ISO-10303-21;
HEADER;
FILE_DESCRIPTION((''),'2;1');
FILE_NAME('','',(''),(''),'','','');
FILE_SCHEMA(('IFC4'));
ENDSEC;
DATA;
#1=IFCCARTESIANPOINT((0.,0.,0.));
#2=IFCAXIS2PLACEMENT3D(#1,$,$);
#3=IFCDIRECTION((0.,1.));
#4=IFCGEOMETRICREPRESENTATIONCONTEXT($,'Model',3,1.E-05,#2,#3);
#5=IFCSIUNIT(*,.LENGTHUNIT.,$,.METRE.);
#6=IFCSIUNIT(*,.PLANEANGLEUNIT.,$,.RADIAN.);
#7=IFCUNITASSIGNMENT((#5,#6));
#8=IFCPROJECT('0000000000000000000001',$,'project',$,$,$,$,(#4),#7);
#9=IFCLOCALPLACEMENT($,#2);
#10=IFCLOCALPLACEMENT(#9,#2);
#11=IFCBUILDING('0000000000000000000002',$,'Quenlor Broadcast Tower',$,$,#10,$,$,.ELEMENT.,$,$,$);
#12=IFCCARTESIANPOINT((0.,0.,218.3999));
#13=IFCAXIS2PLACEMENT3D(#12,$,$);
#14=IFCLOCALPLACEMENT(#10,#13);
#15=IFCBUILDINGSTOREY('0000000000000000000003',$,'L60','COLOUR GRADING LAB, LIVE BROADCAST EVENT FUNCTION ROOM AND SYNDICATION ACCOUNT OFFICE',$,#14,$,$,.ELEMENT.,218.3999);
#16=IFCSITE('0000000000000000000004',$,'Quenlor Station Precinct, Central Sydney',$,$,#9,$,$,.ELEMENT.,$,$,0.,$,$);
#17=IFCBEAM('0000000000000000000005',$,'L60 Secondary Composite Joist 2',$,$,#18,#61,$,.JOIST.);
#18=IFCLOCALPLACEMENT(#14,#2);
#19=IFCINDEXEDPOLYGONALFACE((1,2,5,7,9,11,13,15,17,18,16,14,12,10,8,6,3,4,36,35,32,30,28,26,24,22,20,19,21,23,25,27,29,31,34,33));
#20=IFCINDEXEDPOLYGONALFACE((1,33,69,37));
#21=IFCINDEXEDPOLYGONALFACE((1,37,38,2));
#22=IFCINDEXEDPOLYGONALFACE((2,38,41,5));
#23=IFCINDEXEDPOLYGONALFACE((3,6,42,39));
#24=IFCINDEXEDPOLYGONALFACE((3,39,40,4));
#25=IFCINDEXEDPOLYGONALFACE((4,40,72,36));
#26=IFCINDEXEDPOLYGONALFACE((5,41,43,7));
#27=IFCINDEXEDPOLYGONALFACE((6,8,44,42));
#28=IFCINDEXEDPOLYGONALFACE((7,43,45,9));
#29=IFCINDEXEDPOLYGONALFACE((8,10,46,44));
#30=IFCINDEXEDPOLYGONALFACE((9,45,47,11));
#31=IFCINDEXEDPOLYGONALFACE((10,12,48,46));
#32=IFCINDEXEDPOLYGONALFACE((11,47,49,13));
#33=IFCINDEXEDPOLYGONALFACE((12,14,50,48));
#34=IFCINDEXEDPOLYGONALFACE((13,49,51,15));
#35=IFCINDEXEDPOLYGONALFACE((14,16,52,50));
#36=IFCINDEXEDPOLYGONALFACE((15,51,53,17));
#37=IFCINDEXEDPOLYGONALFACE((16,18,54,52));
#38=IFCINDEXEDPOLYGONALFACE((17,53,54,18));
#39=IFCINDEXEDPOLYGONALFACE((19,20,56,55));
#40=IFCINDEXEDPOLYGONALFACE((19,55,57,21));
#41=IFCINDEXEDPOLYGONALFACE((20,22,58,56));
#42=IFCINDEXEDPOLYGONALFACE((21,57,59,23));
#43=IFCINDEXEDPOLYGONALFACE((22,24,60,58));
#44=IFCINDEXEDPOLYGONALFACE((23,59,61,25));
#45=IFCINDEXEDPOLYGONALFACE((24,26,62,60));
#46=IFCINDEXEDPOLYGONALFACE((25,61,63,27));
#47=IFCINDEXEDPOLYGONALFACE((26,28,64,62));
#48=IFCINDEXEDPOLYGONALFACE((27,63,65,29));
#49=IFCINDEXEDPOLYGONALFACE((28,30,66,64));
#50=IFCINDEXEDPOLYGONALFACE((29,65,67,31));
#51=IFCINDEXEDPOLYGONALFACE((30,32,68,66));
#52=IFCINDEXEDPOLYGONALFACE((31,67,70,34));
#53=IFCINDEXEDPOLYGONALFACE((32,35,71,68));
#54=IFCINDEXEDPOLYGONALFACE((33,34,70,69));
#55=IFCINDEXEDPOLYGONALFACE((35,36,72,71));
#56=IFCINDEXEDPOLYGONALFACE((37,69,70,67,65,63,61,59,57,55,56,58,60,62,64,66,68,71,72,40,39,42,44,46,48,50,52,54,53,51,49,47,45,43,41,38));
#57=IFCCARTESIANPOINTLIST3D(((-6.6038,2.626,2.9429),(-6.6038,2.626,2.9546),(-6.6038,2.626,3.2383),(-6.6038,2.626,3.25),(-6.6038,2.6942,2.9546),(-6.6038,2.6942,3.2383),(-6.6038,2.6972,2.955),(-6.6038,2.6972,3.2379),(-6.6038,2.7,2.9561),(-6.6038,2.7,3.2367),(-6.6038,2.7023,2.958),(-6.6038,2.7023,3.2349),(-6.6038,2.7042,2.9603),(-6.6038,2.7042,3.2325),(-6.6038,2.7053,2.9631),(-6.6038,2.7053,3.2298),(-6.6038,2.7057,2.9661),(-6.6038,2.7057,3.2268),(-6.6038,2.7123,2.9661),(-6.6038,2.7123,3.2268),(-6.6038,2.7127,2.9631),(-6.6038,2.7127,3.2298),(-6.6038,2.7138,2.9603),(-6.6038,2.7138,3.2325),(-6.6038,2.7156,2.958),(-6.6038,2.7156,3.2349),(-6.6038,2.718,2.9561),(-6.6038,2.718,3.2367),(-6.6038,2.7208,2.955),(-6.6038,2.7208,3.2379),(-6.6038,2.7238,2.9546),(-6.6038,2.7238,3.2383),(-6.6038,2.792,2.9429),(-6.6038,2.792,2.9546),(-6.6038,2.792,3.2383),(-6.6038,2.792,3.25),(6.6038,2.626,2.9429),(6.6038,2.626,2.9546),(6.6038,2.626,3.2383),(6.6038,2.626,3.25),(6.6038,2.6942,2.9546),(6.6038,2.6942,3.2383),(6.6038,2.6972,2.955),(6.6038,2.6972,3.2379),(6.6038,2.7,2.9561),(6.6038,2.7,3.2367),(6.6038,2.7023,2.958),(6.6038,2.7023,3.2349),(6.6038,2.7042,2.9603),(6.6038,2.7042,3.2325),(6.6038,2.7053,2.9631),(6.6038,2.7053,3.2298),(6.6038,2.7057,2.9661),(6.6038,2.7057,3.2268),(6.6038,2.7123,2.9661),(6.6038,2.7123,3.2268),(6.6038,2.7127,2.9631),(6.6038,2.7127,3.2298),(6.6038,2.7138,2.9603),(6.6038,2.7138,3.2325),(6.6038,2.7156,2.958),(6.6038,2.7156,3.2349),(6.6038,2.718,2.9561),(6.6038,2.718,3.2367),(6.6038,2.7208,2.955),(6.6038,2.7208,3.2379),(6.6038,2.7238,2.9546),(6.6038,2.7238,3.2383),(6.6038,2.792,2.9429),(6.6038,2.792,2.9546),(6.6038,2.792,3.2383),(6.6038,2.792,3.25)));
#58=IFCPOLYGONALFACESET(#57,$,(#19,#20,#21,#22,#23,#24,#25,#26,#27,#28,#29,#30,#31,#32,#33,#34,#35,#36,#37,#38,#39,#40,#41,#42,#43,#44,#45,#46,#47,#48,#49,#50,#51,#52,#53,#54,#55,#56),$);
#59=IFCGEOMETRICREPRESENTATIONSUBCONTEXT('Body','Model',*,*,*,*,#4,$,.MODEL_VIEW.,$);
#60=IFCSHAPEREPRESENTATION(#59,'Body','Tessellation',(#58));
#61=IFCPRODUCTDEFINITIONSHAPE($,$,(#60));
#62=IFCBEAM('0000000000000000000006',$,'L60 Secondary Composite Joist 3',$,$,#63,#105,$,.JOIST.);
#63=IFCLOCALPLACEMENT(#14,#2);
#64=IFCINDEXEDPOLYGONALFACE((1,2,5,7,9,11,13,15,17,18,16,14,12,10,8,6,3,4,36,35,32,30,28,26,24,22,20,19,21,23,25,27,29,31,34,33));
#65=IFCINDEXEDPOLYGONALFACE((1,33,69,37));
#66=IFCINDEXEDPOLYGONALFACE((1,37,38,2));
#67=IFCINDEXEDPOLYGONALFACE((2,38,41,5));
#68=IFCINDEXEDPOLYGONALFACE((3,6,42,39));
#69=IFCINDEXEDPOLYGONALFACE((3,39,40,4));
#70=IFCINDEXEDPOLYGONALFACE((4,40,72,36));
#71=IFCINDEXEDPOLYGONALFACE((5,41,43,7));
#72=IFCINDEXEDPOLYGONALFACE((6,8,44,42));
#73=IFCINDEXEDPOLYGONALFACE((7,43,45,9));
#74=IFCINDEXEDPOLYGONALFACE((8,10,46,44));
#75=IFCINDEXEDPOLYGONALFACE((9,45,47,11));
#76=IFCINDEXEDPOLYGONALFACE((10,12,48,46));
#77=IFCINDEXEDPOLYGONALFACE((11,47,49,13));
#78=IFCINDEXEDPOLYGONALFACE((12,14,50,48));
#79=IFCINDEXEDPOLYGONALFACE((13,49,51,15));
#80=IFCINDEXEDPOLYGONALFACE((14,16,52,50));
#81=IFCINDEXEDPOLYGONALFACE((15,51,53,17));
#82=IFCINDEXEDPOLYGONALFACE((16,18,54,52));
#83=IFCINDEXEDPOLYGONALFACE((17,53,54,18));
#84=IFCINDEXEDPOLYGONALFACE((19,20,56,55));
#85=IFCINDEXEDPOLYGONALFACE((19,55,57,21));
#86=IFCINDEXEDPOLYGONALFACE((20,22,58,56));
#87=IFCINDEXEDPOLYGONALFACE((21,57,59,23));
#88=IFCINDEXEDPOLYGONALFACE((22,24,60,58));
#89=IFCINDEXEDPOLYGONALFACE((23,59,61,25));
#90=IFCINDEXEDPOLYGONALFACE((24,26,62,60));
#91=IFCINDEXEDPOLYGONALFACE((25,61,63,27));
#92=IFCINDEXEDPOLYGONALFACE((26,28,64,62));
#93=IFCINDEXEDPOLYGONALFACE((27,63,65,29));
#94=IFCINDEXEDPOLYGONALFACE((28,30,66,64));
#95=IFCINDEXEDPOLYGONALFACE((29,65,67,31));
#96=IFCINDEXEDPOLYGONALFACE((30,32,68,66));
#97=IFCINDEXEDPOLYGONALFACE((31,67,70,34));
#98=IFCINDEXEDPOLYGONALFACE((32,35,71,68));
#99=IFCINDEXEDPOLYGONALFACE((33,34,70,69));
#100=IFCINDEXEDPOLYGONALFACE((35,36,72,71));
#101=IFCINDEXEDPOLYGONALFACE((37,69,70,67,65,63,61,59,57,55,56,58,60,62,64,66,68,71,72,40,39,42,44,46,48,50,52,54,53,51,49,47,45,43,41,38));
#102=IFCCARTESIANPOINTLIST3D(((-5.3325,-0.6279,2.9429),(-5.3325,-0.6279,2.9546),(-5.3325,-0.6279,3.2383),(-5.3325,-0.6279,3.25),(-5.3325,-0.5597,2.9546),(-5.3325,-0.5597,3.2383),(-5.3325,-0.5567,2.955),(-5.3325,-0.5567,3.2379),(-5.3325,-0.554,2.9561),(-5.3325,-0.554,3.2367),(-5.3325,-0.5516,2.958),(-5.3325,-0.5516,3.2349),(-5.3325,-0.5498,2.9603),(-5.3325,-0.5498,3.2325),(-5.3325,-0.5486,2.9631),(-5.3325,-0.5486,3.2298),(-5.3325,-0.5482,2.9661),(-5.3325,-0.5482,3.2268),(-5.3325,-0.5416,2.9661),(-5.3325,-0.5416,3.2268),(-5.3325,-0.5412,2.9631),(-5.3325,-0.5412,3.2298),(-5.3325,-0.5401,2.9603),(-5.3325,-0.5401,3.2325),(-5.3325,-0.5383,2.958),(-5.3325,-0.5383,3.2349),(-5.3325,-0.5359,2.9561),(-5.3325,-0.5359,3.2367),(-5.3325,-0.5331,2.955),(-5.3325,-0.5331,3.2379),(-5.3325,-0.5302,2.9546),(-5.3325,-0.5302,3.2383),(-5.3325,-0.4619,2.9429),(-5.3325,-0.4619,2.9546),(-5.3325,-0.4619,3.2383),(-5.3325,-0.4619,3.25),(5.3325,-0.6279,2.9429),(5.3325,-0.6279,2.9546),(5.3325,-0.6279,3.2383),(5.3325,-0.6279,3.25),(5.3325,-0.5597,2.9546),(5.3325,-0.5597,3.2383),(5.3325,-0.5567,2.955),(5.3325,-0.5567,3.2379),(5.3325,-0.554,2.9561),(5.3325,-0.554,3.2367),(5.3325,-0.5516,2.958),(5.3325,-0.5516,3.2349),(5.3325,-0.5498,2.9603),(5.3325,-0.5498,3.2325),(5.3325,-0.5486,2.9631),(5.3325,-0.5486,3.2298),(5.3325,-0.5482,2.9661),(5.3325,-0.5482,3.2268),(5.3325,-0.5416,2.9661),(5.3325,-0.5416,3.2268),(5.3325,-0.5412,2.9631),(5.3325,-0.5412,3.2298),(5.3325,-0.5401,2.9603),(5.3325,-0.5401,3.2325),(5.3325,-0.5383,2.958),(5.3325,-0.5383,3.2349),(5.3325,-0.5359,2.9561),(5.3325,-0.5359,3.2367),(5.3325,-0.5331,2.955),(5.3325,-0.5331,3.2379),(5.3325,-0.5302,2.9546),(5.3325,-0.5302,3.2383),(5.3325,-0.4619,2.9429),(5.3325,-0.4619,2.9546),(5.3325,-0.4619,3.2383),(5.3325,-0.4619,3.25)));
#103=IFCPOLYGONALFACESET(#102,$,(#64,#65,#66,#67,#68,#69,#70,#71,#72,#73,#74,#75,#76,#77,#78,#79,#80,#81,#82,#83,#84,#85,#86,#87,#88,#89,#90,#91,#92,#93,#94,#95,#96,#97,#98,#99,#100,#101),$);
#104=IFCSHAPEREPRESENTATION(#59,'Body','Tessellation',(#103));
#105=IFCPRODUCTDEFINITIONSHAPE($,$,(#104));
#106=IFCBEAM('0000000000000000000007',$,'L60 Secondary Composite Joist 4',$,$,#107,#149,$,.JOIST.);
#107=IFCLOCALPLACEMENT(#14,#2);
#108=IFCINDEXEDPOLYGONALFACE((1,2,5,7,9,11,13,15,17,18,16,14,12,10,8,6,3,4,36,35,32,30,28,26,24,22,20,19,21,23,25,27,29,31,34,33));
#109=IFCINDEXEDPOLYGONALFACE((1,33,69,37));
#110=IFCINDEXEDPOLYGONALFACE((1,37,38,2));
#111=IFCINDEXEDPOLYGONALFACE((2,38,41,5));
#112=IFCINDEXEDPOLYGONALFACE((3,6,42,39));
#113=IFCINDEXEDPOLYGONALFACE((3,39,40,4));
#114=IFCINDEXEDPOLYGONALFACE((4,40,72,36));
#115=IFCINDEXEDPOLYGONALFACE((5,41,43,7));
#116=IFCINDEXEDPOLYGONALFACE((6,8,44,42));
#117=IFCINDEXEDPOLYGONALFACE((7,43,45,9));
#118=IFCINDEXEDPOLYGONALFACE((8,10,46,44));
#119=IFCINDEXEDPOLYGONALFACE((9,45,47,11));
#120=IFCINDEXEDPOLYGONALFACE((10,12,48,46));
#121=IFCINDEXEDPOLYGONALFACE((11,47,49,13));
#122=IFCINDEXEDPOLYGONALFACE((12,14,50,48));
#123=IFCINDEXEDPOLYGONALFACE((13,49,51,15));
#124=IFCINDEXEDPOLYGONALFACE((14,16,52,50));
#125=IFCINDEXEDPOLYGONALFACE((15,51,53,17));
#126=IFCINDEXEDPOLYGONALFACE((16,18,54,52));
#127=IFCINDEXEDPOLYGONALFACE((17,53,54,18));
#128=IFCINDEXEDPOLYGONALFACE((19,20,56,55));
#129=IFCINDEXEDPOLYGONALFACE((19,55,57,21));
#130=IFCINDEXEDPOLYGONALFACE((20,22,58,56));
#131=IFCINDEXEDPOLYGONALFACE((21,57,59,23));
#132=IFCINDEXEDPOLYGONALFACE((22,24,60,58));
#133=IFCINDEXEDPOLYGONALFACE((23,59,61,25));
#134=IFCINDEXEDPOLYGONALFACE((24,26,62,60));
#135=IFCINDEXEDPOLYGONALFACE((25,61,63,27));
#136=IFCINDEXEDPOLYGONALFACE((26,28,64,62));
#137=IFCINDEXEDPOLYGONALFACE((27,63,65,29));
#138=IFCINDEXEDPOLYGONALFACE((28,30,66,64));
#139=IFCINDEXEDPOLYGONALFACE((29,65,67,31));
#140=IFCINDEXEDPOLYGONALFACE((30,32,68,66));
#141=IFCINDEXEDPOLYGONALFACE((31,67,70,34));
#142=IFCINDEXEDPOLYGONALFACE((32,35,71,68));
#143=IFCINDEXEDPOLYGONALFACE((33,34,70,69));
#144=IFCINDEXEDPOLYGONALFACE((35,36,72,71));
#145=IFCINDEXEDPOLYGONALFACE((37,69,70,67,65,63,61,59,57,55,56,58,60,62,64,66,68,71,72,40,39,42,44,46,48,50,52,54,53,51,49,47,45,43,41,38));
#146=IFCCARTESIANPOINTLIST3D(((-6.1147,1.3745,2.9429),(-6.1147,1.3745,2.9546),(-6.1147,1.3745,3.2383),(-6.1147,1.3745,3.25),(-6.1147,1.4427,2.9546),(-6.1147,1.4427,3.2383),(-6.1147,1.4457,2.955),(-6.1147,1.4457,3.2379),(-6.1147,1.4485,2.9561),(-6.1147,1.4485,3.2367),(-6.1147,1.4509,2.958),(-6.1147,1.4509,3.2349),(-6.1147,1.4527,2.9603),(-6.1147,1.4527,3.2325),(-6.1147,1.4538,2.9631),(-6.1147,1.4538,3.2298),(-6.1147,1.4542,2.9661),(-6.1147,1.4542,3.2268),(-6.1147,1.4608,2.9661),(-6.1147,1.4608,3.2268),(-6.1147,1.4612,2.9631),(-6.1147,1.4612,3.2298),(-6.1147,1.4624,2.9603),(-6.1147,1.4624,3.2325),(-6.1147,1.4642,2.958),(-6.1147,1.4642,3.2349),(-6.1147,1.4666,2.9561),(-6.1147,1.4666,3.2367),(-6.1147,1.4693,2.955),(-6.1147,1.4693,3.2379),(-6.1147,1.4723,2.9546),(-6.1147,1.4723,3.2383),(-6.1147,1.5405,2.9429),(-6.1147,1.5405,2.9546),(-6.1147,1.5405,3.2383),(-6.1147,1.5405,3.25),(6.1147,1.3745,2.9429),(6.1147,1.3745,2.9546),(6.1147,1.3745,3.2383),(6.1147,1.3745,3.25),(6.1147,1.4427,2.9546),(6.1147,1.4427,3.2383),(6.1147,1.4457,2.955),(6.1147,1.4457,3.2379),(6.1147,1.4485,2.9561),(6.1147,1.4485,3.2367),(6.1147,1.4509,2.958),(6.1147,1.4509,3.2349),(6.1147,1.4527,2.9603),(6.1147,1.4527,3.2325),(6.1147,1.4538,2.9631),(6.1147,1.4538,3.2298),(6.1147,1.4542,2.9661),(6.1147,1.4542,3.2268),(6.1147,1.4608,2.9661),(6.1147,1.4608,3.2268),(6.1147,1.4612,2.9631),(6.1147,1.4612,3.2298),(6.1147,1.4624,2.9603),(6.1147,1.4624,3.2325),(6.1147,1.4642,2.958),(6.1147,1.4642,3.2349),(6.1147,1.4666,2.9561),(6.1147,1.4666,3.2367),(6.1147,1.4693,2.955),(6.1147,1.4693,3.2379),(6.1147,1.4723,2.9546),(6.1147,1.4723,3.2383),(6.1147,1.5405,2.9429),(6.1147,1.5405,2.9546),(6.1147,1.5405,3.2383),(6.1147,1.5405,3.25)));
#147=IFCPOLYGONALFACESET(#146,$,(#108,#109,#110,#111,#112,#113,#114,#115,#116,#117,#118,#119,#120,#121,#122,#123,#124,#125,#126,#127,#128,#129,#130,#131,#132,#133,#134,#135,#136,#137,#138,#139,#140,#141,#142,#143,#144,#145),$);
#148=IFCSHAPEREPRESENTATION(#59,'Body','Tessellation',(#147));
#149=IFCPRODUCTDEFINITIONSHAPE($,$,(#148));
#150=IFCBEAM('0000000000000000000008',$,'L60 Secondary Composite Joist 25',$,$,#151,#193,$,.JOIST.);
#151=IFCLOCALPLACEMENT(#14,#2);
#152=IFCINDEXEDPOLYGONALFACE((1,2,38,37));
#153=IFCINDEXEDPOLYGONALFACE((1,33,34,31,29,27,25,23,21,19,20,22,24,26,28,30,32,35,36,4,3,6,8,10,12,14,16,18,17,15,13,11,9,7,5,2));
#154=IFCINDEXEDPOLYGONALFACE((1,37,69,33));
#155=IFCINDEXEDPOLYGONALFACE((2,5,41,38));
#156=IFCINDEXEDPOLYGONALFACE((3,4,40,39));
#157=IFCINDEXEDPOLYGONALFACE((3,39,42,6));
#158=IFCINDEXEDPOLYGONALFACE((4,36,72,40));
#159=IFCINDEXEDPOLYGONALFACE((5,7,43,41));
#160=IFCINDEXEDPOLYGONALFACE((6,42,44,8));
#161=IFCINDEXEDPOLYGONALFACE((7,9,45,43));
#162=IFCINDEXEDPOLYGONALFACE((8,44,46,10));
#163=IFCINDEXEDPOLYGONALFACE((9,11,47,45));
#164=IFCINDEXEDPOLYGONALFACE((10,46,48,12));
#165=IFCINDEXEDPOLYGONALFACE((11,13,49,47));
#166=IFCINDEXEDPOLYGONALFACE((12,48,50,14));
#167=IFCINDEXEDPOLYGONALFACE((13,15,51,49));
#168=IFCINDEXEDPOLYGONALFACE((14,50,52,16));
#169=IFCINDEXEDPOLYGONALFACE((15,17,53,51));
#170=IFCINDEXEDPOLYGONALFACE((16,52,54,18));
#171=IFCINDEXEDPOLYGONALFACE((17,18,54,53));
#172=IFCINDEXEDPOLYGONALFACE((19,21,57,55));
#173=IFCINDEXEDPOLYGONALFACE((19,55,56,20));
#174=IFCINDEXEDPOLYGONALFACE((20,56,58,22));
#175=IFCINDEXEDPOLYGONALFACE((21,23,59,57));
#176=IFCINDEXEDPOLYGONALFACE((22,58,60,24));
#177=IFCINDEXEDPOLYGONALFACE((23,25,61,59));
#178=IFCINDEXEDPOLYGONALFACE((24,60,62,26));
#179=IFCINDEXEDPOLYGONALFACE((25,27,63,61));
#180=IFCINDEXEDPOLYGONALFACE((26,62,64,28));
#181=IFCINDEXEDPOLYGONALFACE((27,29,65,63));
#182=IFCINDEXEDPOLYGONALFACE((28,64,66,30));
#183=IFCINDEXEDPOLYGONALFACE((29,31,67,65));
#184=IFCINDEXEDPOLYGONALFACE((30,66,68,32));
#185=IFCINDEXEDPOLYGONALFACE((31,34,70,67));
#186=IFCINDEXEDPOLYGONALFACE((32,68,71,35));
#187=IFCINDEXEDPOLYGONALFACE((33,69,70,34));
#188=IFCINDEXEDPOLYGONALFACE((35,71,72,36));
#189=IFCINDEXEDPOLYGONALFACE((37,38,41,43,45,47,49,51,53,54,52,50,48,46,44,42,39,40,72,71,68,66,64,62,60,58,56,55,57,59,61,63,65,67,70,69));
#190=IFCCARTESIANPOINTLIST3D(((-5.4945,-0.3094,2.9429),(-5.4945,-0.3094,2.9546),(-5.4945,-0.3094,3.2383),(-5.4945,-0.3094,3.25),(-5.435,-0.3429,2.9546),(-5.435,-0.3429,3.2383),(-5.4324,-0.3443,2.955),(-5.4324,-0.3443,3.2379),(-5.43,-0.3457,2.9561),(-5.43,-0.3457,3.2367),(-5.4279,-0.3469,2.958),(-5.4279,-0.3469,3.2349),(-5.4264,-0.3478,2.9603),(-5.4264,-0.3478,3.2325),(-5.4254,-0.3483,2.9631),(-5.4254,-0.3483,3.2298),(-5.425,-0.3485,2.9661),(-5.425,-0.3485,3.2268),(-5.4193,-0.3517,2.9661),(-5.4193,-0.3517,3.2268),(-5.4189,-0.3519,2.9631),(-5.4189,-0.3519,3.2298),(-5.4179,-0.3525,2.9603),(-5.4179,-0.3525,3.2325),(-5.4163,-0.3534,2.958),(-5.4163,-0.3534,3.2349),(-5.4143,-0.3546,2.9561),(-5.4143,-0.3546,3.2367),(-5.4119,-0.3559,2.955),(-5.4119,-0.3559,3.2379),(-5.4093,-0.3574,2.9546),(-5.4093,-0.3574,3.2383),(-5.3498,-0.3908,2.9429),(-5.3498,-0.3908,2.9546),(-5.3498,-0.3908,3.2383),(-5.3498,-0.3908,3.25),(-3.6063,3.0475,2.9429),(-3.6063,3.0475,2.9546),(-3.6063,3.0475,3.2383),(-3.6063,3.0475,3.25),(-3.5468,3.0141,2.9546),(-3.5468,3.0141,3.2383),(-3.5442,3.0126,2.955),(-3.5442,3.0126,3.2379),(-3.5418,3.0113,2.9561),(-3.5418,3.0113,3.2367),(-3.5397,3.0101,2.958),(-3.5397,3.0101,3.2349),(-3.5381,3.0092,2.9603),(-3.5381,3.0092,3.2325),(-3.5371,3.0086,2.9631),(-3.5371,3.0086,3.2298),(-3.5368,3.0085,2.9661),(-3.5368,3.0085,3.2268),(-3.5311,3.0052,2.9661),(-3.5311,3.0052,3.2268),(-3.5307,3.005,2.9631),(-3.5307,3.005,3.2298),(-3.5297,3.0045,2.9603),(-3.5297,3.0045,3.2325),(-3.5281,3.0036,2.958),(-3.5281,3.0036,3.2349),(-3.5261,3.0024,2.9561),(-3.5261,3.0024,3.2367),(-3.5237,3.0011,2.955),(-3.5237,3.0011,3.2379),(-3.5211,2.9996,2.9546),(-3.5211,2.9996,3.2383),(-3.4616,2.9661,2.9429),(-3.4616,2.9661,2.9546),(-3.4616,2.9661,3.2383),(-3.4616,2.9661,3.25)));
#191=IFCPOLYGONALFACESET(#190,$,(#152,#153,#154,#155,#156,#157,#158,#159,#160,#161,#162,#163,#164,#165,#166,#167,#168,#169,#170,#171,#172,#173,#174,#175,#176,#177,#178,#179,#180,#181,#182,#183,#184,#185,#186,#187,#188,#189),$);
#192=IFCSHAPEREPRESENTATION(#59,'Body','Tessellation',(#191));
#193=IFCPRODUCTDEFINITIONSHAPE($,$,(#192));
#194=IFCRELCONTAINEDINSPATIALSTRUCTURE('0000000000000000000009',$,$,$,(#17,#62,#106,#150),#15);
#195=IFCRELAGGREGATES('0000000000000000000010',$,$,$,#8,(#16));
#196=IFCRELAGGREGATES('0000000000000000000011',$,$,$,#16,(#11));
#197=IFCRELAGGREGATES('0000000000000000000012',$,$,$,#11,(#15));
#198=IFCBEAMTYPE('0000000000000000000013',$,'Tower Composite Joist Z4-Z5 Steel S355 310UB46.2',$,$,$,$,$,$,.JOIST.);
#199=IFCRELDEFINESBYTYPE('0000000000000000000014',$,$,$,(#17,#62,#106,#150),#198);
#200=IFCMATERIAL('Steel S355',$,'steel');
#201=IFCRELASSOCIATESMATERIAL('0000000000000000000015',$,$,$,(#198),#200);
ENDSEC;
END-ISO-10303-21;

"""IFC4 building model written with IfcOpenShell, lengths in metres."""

from ifc_helpers import new_model, si_unit, direction, frame, origin, origin_2d, place, context, subcontext, project, spatial, i_section, extrude, material, material_profile, profile_set, type_object, element, save


model = new_model("IFC4")

# Units and contexts
model_context = context("Model", 3, precision=1e-05, world=origin(), true_north=direction((0.0, 1.0)))
body_context = subcontext(model_context, "Body", "Model", "MODEL_VIEW")
ifc_project = project(units=[si_unit("LENGTHUNIT", "METRE"), si_unit("PLANEANGLEUNIT", "RADIAN")], contexts=[model_context])

# Site, building, storey
site_placement = place(None, origin())
site = spatial("IfcSite", under=ifc_project, at=site_placement, Name="Quenlor Station Precinct, Central Sydney", CompositionType="ELEMENT", RefElevation=0.0)
building_placement = place(site_placement, origin())
building = spatial("IfcBuilding", under=site, at=building_placement, Name="Quenlor Broadcast Tower", CompositionType="ELEMENT")
storey_placement = place(building_placement, frame((0.0, 0.0, 218.3999)))
storey = spatial("IfcBuildingStorey", under=building, at=storey_placement, Name="L60", Description="COLOUR GRADING LAB, LIVE BROADCAST EVENT FUNCTION ROOM AND SYNDICATION ACCOUNT OFFICE", CompositionType="ELEMENT", Elevation=218.3999)

# Beams
ifc_material_1 = material(Name="Steel S355", Category="steel")
ifc_material_profile_1 = material_profile(ifc_material_1, i_section(OverallWidth=0.166, OverallDepth=0.3071, WebThickness=0.0066, FlangeThickness=0.0117, FilletRadius=0.0115, at=origin_2d()))
ifc_profile_set_1 = profile_set([ifc_material_profile_1], Name="Steel S355 310UB46.2")
beam_type_1 = type_object("IfcBeamType", Name="Tower Composite Joist Z4-Z5 Steel S355 310UB46.2", PredefinedType="JOIST", material=ifc_profile_set_1)
beam_1_placement = place(storey_placement, frame((-6.6038, 2.709, 3.0964), z_axis=(1.0, 0.0, 0.0), x_axis=(0.0, 1.0, 0.0)))
element("IfcBeam", 1, at=beam_1_placement, inside=storey, type_object=beam_type_1, Name="L60 Secondary Composite Joist 2", PredefinedType="JOIST", context=body_context, shape_type="SweptSolid", body=[
    extrude(i_section(OverallWidth=0.166, OverallDepth=0.3071, WebThickness=0.0066, FlangeThickness=0.0117, FilletRadius=0.0115, at=origin_2d()), origin(), (0.0, 0.0, 1.0), 13.2075),
])
beam_2_placement = place(storey_placement, frame((-5.3325, -0.5449, 3.0964), z_axis=(1.0, 0.0, 0.0), x_axis=(0.0, 1.0, 0.0)))
element("IfcBeam", 2, at=beam_2_placement, inside=storey, type_object=beam_type_1, Name="L60 Secondary Composite Joist 3", PredefinedType="JOIST", context=body_context, shape_type="SweptSolid", body=[
    extrude(i_section(OverallWidth=0.166, OverallDepth=0.3071, WebThickness=0.0066, FlangeThickness=0.0117, FilletRadius=0.0115, at=origin_2d()), origin(), (0.0, 0.0, 1.0), 10.665),
])
beam_3_placement = place(storey_placement, frame((-6.1147, 1.4575, 3.0964), z_axis=(1.0, 0.0, 0.0), x_axis=(0.0, 1.0, 0.0)))
element("IfcBeam", 3, at=beam_3_placement, inside=storey, type_object=beam_type_1, Name="L60 Secondary Composite Joist 4", PredefinedType="JOIST", context=body_context, shape_type="SweptSolid", body=[
    extrude(i_section(OverallWidth=0.166, OverallDepth=0.3071, WebThickness=0.0066, FlangeThickness=0.0117, FilletRadius=0.0115, at=origin_2d()), origin(), (0.0, 0.0, 1.0), 12.2295),
])
beam_4_placement = place(storey_placement, frame((-3.5339, 3.0068, 3.0964), z_axis=(-0.490243, -0.871586, 0.0), x_axis=(0.871586, -0.490243, 0.0)))
element("IfcBeam", 4, at=beam_4_placement, inside=storey, type_object=beam_type_1, Name="L60 Secondary Composite Joist 25", PredefinedType="JOIST", context=body_context, shape_type="SweptSolid", body=[
    extrude(i_section(OverallWidth=0.166, OverallDepth=0.3071, WebThickness=0.0066, FlangeThickness=0.0117, FilletRadius=0.0115, at=origin_2d()), origin(), (0.0, 0.0, 1.0), 3.8516),
])

save(model, "model.ifc")
